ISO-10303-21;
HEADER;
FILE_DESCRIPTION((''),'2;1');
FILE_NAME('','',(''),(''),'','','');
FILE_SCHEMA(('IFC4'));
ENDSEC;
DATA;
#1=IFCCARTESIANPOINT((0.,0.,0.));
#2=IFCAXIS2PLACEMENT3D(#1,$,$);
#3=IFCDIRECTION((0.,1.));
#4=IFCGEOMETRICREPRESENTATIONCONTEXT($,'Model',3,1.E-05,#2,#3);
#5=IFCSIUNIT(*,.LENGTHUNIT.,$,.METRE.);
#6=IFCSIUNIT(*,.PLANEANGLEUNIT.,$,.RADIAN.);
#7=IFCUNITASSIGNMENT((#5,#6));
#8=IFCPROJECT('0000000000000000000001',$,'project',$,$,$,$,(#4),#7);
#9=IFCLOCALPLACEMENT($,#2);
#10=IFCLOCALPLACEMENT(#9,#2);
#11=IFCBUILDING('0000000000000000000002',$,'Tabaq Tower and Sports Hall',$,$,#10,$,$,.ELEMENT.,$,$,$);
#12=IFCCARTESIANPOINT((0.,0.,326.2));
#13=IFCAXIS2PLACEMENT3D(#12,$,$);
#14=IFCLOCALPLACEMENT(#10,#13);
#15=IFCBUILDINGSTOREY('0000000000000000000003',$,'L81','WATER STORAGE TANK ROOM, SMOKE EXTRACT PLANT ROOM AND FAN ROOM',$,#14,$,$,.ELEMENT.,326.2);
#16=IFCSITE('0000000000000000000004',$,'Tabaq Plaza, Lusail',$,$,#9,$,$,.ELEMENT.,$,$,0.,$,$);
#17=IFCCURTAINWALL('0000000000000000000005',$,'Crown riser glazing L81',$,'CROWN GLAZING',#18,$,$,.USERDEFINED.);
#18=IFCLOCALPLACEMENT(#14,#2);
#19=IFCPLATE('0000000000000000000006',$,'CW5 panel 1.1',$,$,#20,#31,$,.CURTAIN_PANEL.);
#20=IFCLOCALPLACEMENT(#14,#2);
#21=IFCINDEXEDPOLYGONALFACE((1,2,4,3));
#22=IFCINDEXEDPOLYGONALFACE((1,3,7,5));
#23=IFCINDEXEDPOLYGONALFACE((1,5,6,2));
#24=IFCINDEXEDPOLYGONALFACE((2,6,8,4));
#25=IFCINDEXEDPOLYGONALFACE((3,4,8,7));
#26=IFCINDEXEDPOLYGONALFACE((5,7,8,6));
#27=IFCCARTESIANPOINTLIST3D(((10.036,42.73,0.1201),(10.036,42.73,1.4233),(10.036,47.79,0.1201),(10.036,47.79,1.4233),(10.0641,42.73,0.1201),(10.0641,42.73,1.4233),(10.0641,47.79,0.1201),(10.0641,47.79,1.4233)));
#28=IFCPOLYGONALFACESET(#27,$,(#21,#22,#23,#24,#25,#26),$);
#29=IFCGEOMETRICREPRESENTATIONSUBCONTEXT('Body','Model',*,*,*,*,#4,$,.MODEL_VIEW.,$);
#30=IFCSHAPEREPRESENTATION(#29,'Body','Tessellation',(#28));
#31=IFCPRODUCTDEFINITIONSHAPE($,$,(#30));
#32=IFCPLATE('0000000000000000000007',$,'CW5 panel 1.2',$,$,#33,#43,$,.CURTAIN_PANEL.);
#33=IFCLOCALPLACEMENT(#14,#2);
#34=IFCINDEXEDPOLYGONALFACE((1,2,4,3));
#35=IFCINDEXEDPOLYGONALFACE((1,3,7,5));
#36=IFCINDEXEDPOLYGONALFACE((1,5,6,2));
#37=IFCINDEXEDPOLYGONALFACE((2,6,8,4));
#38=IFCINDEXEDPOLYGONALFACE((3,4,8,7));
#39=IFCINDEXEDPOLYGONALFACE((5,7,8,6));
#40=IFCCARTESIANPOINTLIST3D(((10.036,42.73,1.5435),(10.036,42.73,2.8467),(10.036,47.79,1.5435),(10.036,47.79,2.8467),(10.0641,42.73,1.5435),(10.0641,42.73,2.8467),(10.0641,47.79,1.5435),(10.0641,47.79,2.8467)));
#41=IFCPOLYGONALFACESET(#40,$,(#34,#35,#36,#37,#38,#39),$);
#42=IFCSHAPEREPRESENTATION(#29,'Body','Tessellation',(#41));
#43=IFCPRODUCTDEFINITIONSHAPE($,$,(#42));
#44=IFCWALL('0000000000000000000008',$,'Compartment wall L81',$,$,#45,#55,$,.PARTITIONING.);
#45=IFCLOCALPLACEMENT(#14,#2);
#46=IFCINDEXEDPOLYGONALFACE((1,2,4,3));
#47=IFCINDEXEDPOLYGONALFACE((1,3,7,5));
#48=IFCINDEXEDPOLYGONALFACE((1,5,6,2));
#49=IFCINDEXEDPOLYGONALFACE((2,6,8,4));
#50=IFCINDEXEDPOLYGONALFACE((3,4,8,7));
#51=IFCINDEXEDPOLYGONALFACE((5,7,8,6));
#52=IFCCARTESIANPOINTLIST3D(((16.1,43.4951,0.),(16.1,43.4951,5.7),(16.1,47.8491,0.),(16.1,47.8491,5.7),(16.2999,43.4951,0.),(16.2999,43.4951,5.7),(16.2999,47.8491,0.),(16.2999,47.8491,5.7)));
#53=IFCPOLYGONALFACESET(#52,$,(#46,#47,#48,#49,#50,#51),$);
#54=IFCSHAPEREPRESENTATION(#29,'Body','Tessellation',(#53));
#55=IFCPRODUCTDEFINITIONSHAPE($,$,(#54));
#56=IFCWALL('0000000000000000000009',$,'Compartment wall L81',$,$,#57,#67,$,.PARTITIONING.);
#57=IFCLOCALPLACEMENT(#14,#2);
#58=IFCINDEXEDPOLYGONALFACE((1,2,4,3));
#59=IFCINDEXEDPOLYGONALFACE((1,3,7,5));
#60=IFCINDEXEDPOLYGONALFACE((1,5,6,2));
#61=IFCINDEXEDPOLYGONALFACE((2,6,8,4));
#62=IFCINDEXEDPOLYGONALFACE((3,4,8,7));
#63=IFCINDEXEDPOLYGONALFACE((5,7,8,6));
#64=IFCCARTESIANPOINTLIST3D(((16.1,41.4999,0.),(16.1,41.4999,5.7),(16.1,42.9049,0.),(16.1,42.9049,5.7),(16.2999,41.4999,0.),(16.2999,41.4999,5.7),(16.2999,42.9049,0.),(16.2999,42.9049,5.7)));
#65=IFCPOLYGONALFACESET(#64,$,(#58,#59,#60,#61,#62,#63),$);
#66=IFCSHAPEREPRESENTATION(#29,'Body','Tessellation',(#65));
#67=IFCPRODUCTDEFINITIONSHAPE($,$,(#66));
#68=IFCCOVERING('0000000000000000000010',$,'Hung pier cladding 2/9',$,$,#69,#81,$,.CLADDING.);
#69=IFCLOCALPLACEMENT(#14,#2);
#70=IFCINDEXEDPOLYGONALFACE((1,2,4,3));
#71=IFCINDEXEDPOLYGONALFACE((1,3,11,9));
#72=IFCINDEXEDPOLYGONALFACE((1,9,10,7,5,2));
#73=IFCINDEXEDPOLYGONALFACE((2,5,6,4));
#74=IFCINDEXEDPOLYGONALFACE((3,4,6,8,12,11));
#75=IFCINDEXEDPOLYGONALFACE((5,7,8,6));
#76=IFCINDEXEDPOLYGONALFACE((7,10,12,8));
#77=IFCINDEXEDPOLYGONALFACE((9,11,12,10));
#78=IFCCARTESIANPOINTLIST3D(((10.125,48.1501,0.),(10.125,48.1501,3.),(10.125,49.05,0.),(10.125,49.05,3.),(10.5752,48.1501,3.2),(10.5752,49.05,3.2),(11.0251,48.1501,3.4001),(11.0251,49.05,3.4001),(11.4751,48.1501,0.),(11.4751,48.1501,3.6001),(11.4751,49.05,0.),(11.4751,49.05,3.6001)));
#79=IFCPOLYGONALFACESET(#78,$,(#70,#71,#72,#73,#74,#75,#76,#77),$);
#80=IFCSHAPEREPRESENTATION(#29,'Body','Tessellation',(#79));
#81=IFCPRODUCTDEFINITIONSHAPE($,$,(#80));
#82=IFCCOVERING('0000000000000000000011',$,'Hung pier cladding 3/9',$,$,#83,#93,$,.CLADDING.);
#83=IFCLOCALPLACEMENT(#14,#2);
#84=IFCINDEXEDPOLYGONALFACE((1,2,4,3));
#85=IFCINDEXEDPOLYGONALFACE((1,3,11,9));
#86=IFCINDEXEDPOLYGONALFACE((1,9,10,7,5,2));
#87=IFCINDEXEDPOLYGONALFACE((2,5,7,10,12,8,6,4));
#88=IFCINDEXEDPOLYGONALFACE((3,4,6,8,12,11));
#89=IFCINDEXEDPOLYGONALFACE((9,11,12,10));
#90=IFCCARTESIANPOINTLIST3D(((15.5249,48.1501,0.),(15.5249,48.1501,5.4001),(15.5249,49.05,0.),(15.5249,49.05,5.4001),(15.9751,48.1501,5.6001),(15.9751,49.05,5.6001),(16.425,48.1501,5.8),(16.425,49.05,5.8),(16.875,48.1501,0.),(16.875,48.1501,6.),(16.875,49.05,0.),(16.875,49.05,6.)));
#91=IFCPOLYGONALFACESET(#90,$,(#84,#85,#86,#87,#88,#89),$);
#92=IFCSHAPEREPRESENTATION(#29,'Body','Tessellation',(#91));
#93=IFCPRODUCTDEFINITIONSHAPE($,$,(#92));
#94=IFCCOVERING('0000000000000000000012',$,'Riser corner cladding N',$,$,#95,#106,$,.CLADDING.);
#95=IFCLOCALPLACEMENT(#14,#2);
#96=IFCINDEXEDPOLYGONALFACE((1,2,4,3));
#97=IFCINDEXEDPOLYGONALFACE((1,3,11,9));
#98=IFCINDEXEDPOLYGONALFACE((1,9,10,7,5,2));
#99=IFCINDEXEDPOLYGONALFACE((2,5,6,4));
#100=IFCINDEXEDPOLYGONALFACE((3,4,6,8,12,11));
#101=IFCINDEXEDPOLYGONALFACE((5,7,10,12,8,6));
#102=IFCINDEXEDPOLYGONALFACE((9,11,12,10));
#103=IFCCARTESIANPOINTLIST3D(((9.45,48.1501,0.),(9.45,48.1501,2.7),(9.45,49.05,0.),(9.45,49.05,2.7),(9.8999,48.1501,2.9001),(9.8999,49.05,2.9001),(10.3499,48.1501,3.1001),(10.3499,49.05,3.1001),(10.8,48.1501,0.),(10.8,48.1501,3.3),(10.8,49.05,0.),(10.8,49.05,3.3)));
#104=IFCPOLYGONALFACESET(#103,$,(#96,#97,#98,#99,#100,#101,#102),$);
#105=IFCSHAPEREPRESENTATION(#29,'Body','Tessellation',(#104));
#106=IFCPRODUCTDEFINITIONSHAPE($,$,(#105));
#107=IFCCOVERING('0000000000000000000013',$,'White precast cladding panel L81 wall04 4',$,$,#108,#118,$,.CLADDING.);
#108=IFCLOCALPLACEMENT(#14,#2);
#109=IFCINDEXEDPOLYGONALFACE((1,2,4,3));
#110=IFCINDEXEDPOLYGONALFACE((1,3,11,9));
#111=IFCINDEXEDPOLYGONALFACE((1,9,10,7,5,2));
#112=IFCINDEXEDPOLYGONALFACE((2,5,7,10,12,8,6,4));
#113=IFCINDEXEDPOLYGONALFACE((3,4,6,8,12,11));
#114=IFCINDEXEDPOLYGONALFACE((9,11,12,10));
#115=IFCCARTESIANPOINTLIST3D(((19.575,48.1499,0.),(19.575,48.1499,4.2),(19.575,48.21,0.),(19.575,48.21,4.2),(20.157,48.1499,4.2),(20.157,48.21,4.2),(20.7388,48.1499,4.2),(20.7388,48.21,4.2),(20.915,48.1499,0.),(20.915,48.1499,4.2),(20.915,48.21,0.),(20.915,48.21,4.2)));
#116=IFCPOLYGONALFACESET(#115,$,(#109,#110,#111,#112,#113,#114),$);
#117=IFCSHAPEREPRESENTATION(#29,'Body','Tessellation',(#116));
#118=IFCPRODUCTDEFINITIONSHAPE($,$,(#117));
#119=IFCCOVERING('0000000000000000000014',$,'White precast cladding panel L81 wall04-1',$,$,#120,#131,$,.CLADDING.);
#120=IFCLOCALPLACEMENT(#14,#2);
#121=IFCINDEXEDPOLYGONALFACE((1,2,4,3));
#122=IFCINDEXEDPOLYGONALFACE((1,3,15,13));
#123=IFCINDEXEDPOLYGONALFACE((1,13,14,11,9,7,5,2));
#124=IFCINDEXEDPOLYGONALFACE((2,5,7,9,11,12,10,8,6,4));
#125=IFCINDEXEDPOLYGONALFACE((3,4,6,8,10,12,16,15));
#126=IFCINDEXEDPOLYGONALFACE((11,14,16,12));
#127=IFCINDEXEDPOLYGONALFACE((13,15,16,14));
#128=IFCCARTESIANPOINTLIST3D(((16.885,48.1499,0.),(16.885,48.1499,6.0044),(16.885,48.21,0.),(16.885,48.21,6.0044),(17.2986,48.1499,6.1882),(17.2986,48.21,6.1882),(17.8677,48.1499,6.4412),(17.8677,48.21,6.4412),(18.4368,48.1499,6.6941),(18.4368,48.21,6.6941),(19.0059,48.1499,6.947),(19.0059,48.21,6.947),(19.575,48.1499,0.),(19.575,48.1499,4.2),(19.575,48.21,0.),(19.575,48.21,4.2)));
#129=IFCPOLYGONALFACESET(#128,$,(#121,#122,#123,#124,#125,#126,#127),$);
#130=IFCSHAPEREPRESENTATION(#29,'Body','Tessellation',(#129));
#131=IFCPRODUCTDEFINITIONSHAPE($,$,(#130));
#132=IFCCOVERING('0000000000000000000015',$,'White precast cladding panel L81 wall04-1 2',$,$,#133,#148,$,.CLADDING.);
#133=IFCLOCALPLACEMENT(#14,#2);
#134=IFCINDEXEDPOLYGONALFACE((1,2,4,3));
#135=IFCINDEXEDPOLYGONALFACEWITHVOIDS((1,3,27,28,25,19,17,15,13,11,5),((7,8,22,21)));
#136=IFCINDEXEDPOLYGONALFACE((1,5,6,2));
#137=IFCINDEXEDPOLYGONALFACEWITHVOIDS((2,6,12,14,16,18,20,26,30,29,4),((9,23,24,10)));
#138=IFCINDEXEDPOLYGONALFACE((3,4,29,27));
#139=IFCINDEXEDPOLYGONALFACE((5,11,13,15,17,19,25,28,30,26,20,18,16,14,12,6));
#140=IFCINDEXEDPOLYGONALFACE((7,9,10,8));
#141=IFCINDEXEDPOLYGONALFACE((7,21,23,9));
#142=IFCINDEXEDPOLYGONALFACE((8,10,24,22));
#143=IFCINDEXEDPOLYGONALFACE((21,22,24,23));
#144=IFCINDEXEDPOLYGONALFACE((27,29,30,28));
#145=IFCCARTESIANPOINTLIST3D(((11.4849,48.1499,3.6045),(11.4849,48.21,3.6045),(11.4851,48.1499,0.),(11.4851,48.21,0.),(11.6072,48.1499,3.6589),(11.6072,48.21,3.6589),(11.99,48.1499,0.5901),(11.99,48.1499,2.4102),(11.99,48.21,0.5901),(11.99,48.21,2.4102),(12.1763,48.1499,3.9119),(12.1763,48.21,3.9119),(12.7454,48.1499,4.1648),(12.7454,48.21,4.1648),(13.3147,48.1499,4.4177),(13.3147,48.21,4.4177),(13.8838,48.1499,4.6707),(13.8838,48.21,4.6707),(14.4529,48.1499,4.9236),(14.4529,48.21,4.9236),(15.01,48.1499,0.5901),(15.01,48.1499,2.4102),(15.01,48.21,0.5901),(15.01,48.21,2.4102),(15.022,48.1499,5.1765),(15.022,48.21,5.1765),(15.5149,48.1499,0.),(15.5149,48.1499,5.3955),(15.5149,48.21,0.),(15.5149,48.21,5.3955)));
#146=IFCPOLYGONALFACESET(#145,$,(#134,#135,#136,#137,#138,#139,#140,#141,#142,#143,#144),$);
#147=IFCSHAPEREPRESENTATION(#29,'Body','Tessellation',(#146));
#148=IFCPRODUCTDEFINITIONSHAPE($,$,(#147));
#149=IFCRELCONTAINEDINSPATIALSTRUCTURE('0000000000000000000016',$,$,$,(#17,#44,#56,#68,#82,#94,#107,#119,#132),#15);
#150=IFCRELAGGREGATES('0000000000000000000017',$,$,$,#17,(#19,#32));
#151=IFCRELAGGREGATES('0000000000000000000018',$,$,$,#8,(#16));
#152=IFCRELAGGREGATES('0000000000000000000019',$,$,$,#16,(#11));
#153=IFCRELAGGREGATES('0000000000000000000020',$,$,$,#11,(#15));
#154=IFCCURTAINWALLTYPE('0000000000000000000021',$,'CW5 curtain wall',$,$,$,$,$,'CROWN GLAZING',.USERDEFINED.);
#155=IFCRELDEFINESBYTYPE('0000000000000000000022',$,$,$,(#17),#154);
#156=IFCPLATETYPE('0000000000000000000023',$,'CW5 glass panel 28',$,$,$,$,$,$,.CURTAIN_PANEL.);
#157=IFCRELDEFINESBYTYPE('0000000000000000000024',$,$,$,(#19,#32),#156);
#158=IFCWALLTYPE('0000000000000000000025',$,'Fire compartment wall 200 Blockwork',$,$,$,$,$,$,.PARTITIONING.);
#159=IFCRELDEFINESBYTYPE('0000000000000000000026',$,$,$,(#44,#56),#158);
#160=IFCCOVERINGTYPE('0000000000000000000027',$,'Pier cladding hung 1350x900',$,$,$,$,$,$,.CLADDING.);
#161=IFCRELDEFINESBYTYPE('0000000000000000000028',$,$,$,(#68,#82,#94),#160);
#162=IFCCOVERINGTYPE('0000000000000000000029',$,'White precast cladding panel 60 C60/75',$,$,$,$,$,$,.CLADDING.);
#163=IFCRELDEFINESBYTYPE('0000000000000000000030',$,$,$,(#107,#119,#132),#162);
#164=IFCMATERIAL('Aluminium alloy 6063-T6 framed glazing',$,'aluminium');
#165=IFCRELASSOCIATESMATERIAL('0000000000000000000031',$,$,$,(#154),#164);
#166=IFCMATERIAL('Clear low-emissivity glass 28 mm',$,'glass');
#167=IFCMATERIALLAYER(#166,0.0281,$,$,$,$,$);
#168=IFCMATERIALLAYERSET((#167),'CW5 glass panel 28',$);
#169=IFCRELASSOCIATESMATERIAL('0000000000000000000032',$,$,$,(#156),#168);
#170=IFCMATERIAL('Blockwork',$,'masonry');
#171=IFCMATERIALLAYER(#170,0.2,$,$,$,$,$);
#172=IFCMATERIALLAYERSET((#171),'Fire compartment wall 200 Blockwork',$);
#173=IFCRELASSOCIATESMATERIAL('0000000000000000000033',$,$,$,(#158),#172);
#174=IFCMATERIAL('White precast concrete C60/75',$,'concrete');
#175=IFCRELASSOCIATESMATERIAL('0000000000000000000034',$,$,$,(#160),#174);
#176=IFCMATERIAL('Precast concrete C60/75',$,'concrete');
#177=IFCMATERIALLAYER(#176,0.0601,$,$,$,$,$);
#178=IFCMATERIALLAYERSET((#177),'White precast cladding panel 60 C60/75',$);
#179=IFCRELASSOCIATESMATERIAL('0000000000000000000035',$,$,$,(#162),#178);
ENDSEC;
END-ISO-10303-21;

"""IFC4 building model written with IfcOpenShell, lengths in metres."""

from ifc_helpers import new_model, si_unit, direction, frame, frame_2d, origin, origin_2d, place, context, subcontext, project, spatial, polyline, rectangle, outline, extrude, material, layer, layer_set, type_object, element, aggregate, save


model = new_model("IFC4")

# Units and contexts
model_context = context("Model", 3, precision=1e-05, world=origin(), true_north=direction((0.0, 1.0)))
body_context = subcontext(model_context, "Body", "Model", "MODEL_VIEW")
ifc_project = project(units=[si_unit("LENGTHUNIT", "METRE"), si_unit("PLANEANGLEUNIT", "RADIAN")], contexts=[model_context])

# Site, building, storey
site_placement = place(None, origin())
site = spatial("IfcSite", under=ifc_project, at=site_placement, Name="Tabaq Plaza, Lusail", CompositionType="ELEMENT", RefElevation=0.0)
building_placement = place(site_placement, origin())
building = spatial("IfcBuilding", under=site, at=building_placement, Name="Tabaq Tower and Sports Hall", CompositionType="ELEMENT")
storey_placement = place(building_placement, frame((0.0, 0.0, 326.2)))
storey = spatial("IfcBuildingStorey", under=building, at=storey_placement, Name="L81", Description="WATER STORAGE TANK ROOM, SMOKE EXTRACT PLANT ROOM AND FAN ROOM", CompositionType="ELEMENT", Elevation=326.2)

# Curtain wall
ifc_material_1 = material(Name="Aluminium alloy 6063-T6 framed glazing", Category="aluminium")
curtain_wall_type = type_object("IfcCurtainWallType", Name="CW5 curtain wall", ElementType="CROWN GLAZING", PredefinedType="USERDEFINED", material=ifc_material_1)
curtain_wall_placement = place(storey_placement, origin())
curtain_wall = element("IfcCurtainWall", 1, at=curtain_wall_placement, inside=storey, type_object=curtain_wall_type, Name="Crown riser glazing L81", ObjectType="CROWN GLAZING", PredefinedType="USERDEFINED")

# Plates
ifc_material_2 = material(Name="Clear low-emissivity glass 28 mm", Category="glass")
ifc_layer_1 = layer(ifc_material_2, 0.0281)
ifc_layer_set_1 = layer_set([ifc_layer_1], Name="CW5 glass panel 28")
plate_type = type_object("IfcPlateType", Name="CW5 glass panel 28", PredefinedType="CURTAIN_PANEL", material=ifc_layer_set_1)
plate_1_placement = place(storey_placement, frame((10.05, 45.26, 0.1201), z_axis=(0.0, 0.0, 1.0), x_axis=(0.0, -1.0, 0.0)))
plate_1 = element("IfcPlate", 2, at=plate_1_placement, type_object=plate_type, Name="CW5 panel 1.1", PredefinedType="CURTAIN_PANEL", context=body_context, shape_type="SweptSolid", body=[
    extrude(rectangle(XDim=5.0601, YDim=0.0281, at=origin_2d()), origin(), (0.0, 0.0, 1.0), 1.3032),
])
plate_2_placement = place(storey_placement, frame((10.05, 45.26, 1.5435), z_axis=(0.0, 0.0, 1.0), x_axis=(0.0, -1.0, 0.0)))
plate_2 = element("IfcPlate", 3, at=plate_2_placement, type_object=plate_type, Name="CW5 panel 1.2", PredefinedType="CURTAIN_PANEL", context=body_context, shape_type="SweptSolid", body=[
    extrude(rectangle(XDim=5.0601, YDim=0.0281, at=origin_2d()), origin(), (0.0, 0.0, 1.0), 1.3032),
])
aggregate(curtain_wall, [plate_1, plate_2])

# Walls
ifc_material_3 = material(Name="Blockwork", Category="masonry")
ifc_layer_2 = layer(ifc_material_3, 0.2)
ifc_layer_set_2 = layer_set([ifc_layer_2], Name="Fire compartment wall 200 Blockwork")
wall_type_1 = type_object("IfcWallType", Name="Fire compartment wall 200 Blockwork", PredefinedType="PARTITIONING", material=ifc_layer_set_2)
wall_1_placement = place(storey_placement, frame((16.2, 47.8491, 0.0), z_axis=(0.0, 0.0, 1.0), x_axis=(0.0, -1.0, 0.0)))
element("IfcWall", 4, at=wall_1_placement, inside=storey, type_object=wall_type_1, Name="Compartment wall L81", PredefinedType="PARTITIONING", context=body_context, shape_type="SweptSolid", body=[
    extrude(rectangle(XDim=4.354, YDim=0.2, at=frame_2d((2.177, 0.0))), origin(), (0.0, 0.0, 1.0), 5.7),
])
wall_2_placement = place(storey_placement, frame((16.2, 42.905, 0.0), z_axis=(0.0, 0.0, 1.0), x_axis=(0.0, -1.0, 0.0)))
element("IfcWall", 5, at=wall_2_placement, inside=storey, type_object=wall_type_1, Name="Compartment wall L81", PredefinedType="PARTITIONING", context=body_context, shape_type="SweptSolid", body=[
    extrude(rectangle(XDim=1.405, YDim=0.2, at=frame_2d((0.7026, 0.0))), origin(), (0.0, 0.0, 1.0), 5.7),
])

# Coverings
ifc_material_4 = material(Name="White precast concrete C60/75", Category="concrete")
covering_type_1 = type_object("IfcCoveringType", Name="Pier cladding hung 1350x900", PredefinedType="CLADDING", material=ifc_material_4)
covering_1_placement = place(storey_placement, frame((11.4751, 48.6001, 0.0), z_axis=(0.0, 0.0, 1.0), x_axis=(-1.0, 0.0, 0.0)))
element("IfcCovering", 6, at=covering_1_placement, inside=storey, type_object=covering_type_1, Name="Hung pier cladding 2/9", PredefinedType="CLADDING", context=body_context, shape_type="SweptSolid", body=[
    extrude(outline(polyline([(0.0, 0.0), (1.3501, 0.0), (1.3501, 3.0), (0.8999, 3.2), (0.45, 3.4001), (0.0, 3.6001), (0.0, 0.0)])), frame((0.0, 0.45, 0.0), z_axis=(0.0, -1.0, 0.0), x_axis=(1.0, 0.0, 0.0)), (0.0, 0.0, 1.0), 0.8999),
])
covering_2_placement = place(storey_placement, frame((16.875, 48.6001, 0.0), z_axis=(0.0, 0.0, 1.0), x_axis=(-1.0, 0.0, 0.0)))
element("IfcCovering", 7, at=covering_2_placement, inside=storey, type_object=covering_type_1, Name="Hung pier cladding 3/9", PredefinedType="CLADDING", context=body_context, shape_type="SweptSolid", body=[
    extrude(outline(polyline([(0.0, 0.0), (1.3501, 0.0), (1.3501, 5.4001), (0.8999, 5.6001), (0.45, 5.8), (0.0, 6.0), (0.0, 0.0)])), frame((0.0, 0.45, 0.0), z_axis=(0.0, -1.0, 0.0), x_axis=(1.0, 0.0, 0.0)), (0.0, 0.0, 1.0), 0.8999),
])
covering_3_placement = place(storey_placement, frame((9.45, 48.6001, 0.0), z_axis=(0.0, 0.0, 1.0), x_axis=(1.0, 0.0, 0.0)))
element("IfcCovering", 8, at=covering_3_placement, inside=storey, type_object=covering_type_1, Name="Riser corner cladding N", PredefinedType="CLADDING", context=body_context, shape_type="SweptSolid", body=[
    extrude(outline(polyline([(0.0, 0.0), (1.3501, 0.0), (1.3501, 3.3), (0.8999, 3.1001), (0.45, 2.9001), (0.0, 2.7), (0.0, 0.0)])), frame((0.0, 0.45, 0.0), z_axis=(0.0, -1.0, 0.0), x_axis=(1.0, 0.0, 0.0)), (0.0, 0.0, 1.0), 0.8999),
])
ifc_material_5 = material(Name="Precast concrete C60/75", Category="concrete")
ifc_layer_3 = layer(ifc_material_5, 0.0601)
ifc_layer_set_3 = layer_set([ifc_layer_3], Name="White precast cladding panel 60 C60/75")
covering_type_2 = type_object("IfcCoveringType", Name="White precast cladding panel 60 C60/75", PredefinedType="CLADDING", material=ifc_layer_set_3)
covering_4_placement = place(storey_placement, frame((20.915, 48.1799, 0.0), z_axis=(0.0, 0.0, 1.0), x_axis=(-1.0, 0.0, 0.0)))
element("IfcCovering", 9, at=covering_4_placement, inside=storey, type_object=covering_type_2, Name="White precast cladding panel L81 wall04 4", PredefinedType="CLADDING", context=body_context, shape_type="SweptSolid", body=[
    extrude(outline(polyline([(0.0, 0.0), (1.3401, 0.0), (1.3401, 4.2), (0.7581, 4.2), (0.1763, 4.2), (0.0, 4.2), (0.0, 0.0)])), frame((0.0, 0.03, 0.0), z_axis=(0.0, -1.0, 0.0), x_axis=(1.0, 0.0, 0.0)), (0.0, 0.0, 1.0), 0.0601),
])
covering_5_placement = place(storey_placement, frame((19.575, 48.1799, 0.0), z_axis=(0.0, 0.0, 1.0), x_axis=(-1.0, 0.0, 0.0)))
element("IfcCovering", 10, at=covering_5_placement, inside=storey, type_object=covering_type_2, Name="White precast cladding panel L81 wall04-1", PredefinedType="CLADDING", context=body_context, shape_type="SweptSolid", body=[
    extrude(outline(polyline([(0.0, 0.0), (2.6899, 0.0), (2.6899, 6.0044), (2.2764, 6.1882), (1.7073, 6.4412), (1.1382, 6.6941), (0.5691, 6.947), (0.0, 4.2), (0.0, 0.0)])), frame((0.0, 0.03, 0.0), z_axis=(0.0, -1.0, 0.0), x_axis=(1.0, 0.0, 0.0)), (0.0, 0.0, 1.0), 0.0601),
])
covering_6_placement = place(storey_placement, frame((15.5149, 48.1799, 0.0), z_axis=(0.0, 0.0, 1.0), x_axis=(-1.0, 0.0, 0.0)))
element("IfcCovering", 11, at=covering_6_placement, inside=storey, type_object=covering_type_2, Name="White precast cladding panel L81 wall04-1 2", PredefinedType="CLADDING", context=body_context, shape_type="SweptSolid", body=[
    extrude(outline(polyline([(0.0, 0.0), (4.0298, 0.0), (4.03, 3.6045), (3.9077, 3.6589), (3.3386, 3.9119), (2.7695, 4.1648), (2.2002, 4.4177), (1.6311, 4.6707), (1.062, 4.9236), (0.4929, 5.1765), (0.0, 5.3955), (0.0, 0.0)]), holes=[polyline([(0.5049, 0.5901), (0.5049, 2.4102), (3.5249, 2.4102), (3.5249, 0.5901), (0.5049, 0.5901)])]), frame((0.0, 0.03, 0.0), z_axis=(0.0, -1.0, 0.0), x_axis=(1.0, 0.0, 0.0)), (0.0, 0.0, 1.0), 0.0601),
])

save(model, "model.ifc")
